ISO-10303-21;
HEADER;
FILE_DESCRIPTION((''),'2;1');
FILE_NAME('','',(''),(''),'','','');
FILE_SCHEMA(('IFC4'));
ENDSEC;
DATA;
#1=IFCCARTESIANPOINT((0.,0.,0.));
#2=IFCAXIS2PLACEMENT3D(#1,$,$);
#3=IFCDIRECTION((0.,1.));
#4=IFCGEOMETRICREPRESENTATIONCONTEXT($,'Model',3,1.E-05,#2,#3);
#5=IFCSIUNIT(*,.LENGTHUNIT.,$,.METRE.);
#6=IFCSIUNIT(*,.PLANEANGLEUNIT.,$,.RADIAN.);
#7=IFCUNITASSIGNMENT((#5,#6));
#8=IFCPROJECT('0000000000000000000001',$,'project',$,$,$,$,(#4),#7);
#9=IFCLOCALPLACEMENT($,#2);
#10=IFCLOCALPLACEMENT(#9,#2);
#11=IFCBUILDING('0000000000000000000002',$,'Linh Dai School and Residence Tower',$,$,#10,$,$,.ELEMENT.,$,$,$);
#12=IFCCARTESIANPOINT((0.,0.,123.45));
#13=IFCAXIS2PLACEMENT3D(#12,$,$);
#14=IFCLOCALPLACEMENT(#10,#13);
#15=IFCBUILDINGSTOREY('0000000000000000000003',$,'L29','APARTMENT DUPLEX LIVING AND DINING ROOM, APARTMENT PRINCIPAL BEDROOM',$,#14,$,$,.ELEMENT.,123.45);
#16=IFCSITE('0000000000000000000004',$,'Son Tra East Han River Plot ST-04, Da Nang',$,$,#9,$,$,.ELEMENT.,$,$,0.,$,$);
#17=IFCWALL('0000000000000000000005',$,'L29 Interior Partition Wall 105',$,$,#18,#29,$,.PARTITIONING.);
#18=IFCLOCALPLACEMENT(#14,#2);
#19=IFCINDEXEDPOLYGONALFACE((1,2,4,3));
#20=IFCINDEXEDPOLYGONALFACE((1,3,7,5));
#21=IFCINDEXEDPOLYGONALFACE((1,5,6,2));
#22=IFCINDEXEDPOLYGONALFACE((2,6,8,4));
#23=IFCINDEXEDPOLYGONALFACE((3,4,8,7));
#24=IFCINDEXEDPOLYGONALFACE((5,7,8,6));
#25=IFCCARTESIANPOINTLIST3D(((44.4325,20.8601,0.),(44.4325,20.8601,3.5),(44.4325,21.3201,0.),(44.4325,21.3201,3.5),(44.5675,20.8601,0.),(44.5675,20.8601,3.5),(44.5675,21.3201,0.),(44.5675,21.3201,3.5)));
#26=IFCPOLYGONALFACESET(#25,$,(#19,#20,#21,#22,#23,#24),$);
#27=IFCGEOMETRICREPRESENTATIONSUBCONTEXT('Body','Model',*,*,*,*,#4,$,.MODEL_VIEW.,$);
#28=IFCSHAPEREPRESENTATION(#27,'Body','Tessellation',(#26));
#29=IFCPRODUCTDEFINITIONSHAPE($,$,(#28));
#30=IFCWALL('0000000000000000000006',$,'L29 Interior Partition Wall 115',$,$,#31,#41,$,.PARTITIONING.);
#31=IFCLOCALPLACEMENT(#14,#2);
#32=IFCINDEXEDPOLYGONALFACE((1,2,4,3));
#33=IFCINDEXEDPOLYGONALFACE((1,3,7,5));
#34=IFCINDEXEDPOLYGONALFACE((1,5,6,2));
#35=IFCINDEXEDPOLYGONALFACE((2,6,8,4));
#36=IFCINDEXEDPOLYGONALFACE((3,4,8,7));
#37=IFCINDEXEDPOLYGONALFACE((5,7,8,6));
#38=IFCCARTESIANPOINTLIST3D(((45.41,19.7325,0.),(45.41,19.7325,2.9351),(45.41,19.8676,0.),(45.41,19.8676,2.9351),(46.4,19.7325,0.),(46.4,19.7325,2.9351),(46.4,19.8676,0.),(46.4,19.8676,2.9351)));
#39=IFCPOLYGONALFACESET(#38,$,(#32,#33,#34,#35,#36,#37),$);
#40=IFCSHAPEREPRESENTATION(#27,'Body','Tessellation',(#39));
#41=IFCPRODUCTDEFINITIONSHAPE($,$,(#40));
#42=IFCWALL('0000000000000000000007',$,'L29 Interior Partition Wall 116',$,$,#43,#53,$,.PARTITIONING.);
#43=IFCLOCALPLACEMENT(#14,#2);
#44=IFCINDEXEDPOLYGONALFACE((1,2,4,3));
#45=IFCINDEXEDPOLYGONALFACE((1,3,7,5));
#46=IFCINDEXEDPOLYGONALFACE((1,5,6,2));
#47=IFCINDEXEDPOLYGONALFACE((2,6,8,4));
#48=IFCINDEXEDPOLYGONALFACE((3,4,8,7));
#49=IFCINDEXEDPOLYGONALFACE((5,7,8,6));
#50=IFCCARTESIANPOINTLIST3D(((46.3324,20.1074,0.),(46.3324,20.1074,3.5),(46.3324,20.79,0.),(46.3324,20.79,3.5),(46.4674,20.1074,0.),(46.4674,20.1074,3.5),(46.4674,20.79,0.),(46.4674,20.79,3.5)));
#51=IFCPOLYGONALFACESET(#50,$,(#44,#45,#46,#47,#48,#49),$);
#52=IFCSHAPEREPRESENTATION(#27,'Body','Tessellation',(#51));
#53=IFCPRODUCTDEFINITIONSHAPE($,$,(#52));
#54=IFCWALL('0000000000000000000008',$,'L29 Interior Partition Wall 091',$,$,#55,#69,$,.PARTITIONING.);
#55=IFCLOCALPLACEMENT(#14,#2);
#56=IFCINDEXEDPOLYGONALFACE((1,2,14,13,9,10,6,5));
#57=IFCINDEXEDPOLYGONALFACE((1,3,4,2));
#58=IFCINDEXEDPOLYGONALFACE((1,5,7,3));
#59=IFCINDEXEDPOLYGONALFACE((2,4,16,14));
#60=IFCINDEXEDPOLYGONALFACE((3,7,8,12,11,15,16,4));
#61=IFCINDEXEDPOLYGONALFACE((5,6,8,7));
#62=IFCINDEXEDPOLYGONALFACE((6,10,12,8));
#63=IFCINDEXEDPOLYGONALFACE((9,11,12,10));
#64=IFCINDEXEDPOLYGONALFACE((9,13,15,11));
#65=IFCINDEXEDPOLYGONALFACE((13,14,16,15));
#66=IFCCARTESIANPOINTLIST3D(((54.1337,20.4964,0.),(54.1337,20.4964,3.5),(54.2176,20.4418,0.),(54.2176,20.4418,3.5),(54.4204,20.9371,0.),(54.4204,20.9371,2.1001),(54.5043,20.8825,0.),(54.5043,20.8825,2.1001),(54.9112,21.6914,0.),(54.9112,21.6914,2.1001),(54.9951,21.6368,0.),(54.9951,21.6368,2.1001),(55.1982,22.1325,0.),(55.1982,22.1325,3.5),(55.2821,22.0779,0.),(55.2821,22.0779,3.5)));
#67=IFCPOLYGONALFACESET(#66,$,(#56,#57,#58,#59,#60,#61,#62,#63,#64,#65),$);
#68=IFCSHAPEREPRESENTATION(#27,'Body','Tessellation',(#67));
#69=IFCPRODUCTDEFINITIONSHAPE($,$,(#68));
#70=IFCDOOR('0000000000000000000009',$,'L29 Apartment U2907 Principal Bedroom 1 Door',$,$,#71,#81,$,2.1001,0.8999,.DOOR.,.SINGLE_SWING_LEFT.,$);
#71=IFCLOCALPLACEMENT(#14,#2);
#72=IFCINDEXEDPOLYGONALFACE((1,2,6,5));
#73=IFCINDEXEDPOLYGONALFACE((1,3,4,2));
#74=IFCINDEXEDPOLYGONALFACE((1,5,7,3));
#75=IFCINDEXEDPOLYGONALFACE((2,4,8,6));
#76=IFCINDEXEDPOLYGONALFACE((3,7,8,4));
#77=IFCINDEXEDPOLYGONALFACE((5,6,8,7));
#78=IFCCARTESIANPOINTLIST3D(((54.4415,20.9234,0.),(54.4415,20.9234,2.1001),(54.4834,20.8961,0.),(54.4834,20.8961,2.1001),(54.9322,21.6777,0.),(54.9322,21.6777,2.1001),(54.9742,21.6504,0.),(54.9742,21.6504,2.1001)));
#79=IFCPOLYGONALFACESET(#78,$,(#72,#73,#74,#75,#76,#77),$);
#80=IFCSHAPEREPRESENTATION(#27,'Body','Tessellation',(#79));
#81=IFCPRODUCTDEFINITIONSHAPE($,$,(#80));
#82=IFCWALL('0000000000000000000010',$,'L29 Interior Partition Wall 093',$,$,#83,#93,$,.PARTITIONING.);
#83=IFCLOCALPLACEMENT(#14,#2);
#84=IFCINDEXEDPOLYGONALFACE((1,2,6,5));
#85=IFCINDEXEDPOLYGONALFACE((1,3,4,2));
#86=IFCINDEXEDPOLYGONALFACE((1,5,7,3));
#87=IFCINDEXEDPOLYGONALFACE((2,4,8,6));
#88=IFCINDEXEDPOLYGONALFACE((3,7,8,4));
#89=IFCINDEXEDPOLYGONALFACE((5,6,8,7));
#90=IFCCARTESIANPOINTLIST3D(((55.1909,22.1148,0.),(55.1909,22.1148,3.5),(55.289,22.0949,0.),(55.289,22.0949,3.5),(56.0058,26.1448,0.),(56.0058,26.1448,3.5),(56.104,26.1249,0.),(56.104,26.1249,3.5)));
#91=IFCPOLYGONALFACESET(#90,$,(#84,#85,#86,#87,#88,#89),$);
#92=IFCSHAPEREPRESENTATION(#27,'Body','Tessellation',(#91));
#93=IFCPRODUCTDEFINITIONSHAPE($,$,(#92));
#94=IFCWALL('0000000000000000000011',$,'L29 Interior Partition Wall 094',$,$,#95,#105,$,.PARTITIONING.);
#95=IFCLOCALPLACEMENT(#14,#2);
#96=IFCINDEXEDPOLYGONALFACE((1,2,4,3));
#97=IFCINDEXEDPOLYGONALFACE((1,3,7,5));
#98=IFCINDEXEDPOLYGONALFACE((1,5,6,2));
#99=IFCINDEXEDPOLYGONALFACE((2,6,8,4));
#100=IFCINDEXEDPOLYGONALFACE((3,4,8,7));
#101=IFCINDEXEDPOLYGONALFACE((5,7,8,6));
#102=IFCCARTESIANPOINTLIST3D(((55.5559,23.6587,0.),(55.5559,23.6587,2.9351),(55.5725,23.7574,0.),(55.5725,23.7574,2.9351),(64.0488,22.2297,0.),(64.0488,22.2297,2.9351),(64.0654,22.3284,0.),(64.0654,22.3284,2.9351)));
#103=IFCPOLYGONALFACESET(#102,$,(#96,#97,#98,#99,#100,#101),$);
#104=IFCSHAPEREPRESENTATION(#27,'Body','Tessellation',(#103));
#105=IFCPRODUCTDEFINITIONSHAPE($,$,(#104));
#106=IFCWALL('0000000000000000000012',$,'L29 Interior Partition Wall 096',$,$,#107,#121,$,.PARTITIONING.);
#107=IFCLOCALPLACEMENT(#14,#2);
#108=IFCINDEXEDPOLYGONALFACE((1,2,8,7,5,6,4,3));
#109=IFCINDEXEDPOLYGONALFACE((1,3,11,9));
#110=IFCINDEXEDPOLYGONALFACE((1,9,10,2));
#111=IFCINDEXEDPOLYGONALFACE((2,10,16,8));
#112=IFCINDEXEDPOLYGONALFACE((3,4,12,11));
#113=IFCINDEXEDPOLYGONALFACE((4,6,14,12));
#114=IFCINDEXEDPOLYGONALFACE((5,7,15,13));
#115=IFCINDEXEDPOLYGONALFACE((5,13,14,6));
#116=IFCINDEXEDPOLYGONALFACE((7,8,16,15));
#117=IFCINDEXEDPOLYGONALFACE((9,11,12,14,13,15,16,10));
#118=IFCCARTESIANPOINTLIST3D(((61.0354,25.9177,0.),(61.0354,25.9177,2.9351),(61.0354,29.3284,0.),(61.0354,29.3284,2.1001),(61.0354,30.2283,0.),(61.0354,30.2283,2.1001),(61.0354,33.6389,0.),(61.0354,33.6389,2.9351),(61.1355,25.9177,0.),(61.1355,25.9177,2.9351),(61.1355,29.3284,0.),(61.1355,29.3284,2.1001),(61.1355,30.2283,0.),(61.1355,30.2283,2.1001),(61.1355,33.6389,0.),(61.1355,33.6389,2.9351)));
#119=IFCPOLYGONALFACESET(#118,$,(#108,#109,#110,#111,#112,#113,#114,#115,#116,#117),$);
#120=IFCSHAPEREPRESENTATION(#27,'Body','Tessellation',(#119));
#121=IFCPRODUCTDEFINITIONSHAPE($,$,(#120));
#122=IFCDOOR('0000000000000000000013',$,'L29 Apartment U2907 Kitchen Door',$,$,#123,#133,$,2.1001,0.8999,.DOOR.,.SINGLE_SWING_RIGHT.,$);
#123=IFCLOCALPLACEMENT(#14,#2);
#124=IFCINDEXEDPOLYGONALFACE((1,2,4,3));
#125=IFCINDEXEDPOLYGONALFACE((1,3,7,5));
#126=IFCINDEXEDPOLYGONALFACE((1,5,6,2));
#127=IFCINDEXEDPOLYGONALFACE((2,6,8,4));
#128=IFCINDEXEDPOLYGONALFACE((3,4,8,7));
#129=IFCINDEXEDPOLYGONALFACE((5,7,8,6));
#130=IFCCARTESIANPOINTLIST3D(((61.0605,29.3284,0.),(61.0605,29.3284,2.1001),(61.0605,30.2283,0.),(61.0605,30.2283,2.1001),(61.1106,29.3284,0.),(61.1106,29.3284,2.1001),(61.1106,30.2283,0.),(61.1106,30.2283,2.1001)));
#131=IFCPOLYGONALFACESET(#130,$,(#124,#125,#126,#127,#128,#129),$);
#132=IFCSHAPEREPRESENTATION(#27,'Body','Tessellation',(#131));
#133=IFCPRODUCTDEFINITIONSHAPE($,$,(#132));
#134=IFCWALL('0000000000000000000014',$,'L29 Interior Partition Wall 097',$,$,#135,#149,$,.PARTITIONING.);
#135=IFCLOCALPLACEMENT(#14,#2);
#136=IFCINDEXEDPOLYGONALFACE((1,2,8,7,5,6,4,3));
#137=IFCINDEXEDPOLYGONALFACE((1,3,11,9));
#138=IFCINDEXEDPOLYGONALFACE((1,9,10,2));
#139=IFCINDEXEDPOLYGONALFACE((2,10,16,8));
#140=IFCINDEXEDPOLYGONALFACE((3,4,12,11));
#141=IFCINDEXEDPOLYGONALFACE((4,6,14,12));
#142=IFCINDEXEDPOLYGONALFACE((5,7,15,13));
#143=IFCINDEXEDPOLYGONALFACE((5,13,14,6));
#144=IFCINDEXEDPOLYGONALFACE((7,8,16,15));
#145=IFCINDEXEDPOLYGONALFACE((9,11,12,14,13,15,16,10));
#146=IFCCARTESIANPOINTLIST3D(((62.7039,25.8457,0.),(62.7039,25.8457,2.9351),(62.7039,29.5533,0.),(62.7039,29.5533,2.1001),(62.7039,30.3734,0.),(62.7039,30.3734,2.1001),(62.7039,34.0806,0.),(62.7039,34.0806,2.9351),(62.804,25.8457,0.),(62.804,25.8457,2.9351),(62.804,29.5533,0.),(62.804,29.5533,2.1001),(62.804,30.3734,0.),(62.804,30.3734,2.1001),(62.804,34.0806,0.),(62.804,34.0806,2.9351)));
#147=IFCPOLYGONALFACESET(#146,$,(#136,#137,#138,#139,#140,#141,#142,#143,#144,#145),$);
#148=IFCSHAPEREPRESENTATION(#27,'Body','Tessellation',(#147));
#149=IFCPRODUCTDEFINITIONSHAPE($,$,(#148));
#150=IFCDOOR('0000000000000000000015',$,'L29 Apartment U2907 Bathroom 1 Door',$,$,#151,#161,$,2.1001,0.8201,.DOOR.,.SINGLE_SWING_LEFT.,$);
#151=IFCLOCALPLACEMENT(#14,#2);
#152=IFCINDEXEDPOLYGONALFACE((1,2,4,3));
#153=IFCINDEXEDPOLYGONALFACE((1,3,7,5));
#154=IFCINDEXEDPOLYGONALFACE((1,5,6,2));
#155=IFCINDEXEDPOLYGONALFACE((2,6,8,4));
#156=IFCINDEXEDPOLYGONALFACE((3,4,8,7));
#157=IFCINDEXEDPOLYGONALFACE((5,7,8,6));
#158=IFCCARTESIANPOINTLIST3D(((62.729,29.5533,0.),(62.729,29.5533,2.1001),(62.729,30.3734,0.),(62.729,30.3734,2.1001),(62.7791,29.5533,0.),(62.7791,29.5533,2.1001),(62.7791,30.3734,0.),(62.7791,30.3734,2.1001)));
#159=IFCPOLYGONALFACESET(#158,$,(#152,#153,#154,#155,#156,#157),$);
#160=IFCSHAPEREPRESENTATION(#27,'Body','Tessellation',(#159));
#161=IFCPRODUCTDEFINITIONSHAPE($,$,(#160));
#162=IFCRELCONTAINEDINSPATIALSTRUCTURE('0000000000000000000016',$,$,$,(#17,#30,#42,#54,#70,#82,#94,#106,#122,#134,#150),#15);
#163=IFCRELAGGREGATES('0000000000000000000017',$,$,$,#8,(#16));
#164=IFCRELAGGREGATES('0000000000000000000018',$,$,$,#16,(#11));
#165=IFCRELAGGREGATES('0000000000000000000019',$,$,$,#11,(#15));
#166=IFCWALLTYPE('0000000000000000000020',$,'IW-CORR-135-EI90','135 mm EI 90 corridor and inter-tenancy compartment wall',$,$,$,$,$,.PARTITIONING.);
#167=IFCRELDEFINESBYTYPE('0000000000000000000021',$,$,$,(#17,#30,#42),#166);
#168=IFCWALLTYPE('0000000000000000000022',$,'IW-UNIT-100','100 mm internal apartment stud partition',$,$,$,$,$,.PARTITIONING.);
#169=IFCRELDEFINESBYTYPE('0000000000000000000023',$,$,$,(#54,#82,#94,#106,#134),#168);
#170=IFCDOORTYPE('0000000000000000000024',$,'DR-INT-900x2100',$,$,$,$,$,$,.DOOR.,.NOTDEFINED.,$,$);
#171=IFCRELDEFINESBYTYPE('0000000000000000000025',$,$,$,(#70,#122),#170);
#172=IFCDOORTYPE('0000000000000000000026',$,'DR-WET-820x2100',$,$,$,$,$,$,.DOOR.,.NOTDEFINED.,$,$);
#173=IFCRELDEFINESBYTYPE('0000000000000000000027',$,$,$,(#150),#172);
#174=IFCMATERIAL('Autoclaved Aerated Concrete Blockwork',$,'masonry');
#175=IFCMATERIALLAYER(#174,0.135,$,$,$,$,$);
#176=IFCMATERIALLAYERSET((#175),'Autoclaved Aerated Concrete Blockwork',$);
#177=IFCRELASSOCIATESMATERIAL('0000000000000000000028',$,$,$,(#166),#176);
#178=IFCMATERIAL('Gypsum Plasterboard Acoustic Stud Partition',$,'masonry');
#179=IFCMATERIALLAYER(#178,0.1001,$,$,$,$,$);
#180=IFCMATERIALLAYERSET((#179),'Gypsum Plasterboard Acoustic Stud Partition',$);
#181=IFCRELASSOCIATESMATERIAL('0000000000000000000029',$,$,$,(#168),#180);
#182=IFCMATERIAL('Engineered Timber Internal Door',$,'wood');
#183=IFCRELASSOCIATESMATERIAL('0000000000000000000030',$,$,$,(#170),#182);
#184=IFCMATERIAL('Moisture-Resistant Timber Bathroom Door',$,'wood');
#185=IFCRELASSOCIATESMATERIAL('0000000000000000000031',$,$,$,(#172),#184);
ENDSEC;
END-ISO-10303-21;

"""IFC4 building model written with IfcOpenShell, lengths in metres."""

from ifc_helpers import new_model, si_unit, direction, frame, frame_2d, origin, origin_2d, place, context, subcontext, project, spatial, rectangle, extrude, source, transform, mapped, material, layer, layer_set, type_object, element, fill, save


model = new_model("IFC4")

# Units and contexts
model_context = context("Model", 3, precision=1e-05, world=origin(), true_north=direction((0.0, 1.0)))
body_context = subcontext(model_context, "Body", "Model", "MODEL_VIEW")
ifc_project = project(units=[si_unit("LENGTHUNIT", "METRE"), si_unit("PLANEANGLEUNIT", "RADIAN")], contexts=[model_context])

# Site, building, storey
site_placement = place(None, origin())
site = spatial("IfcSite", under=ifc_project, at=site_placement, Name="Son Tra East Han River Plot ST-04, Da Nang", CompositionType="ELEMENT", RefElevation=0.0)
building_placement = place(site_placement, origin())
building = spatial("IfcBuilding", under=site, at=building_placement, Name="Linh Dai School and Residence Tower", CompositionType="ELEMENT")
storey_placement = place(building_placement, frame((0.0, 0.0, 123.45)))
storey = spatial("IfcBuildingStorey", under=building, at=storey_placement, Name="L29", Description="APARTMENT DUPLEX LIVING AND DINING ROOM, APARTMENT PRINCIPAL BEDROOM", CompositionType="ELEMENT", Elevation=123.45)

# Walls
ifc_material_1 = material(Name="Autoclaved Aerated Concrete Blockwork", Category="masonry")
ifc_layer_1 = layer(ifc_material_1, 0.135)
ifc_layer_set_1 = layer_set([ifc_layer_1], Name="Autoclaved Aerated Concrete Blockwork")
wall_type_1 = type_object("IfcWallType", Name="IW-CORR-135-EI90", Description="135 mm EI 90 corridor and inter-tenancy compartment wall", PredefinedType="PARTITIONING", material=ifc_layer_set_1)
wall_1_placement = place(storey_placement, frame((44.5, 20.8601, 0.0), z_axis=(0.0, 0.0, 1.0), x_axis=(0.0, 1.0, 0.0)))
element("IfcWall", 1, at=wall_1_placement, inside=storey, type_object=wall_type_1, Name="L29 Interior Partition Wall 105", PredefinedType="PARTITIONING", context=body_context, shape_type="SweptSolid", body=[
    extrude(rectangle(XDim=0.46, YDim=0.135, at=frame_2d((0.23, 0.0))), origin(), (0.0, 0.0, 1.0), 3.5),
])
wall_2_placement = place(storey_placement, frame((45.4099, 19.8, 0.0), z_axis=(0.0, 0.0, 1.0), x_axis=(1.0, 0.0, 0.0)))
element("IfcWall", 2, at=wall_2_placement, inside=storey, type_object=wall_type_1, Name="L29 Interior Partition Wall 115", PredefinedType="PARTITIONING", context=body_context, shape_type="SweptSolid", body=[
    extrude(rectangle(XDim=0.99, YDim=0.135, at=frame_2d((0.4951, 0.0))), origin(), (0.0, 0.0, 1.0), 2.9351),
])
wall_3_placement = place(storey_placement, frame((46.3999, 20.1074, 0.0), z_axis=(0.0, 0.0, 1.0), x_axis=(0.0, 1.0, 0.0)))
element("IfcWall", 3, at=wall_3_placement, inside=storey, type_object=wall_type_1, Name="L29 Interior Partition Wall 116", PredefinedType="PARTITIONING", context=body_context, shape_type="SweptSolid", body=[
    extrude(rectangle(XDim=0.6826, YDim=0.135, at=frame_2d((0.3413, 0.0))), origin(), (0.0, 0.0, 1.0), 3.5),
])

# Wall, opening, door
ifc_material_2 = material(Name="Gypsum Plasterboard Acoustic Stud Partition", Category="masonry")
ifc_layer_2 = layer(ifc_material_2, 0.1001)
ifc_layer_set_2 = layer_set([ifc_layer_2], Name="Gypsum Plasterboard Acoustic Stud Partition")
wall_type_2 = type_object("IfcWallType", Name="IW-UNIT-100", Description="100 mm internal apartment stud partition", PredefinedType="PARTITIONING", material=ifc_layer_set_2)
wall_4_placement = place(storey_placement, frame((54.1755, 20.469, 0.0), z_axis=(0.0, 0.0, 1.0), x_axis=(0.545371, 0.838195, 0.0)))
wall_4 = element("IfcWall", 4, at=wall_4_placement, inside=storey, type_object=wall_type_2, Name="L29 Interior Partition Wall 091", PredefinedType="PARTITIONING", context=body_context, shape_type="SweptSolid", body=[
    extrude(rectangle(XDim=1.9519, YDim=0.1001, at=frame_2d((0.9761, 0.0))), origin(), (0.0, 0.0, 1.0), 3.5),
])
opening_1_placement = place(wall_4_placement, frame((0.5259, 0.0, 0.0)))
opening_1 = element("IfcOpeningElement", 5, at=opening_1_placement, cuts=wall_4, PredefinedType="OPENING", context=body_context, shape_type="SweptSolid", body=[
    extrude(rectangle(XDim=0.8999, YDim=2.1001, at=origin_2d()), frame((0.45, 0.0601, 1.05), z_axis=(0.0, -1.0, 0.0), x_axis=(1.0, 0.0, 0.0)), (0.0, 0.0, 1.0), 0.1201),
])
ifc_material_3 = material(Name="Engineered Timber Internal Door", Category="wood")
door_type_1 = type_object("IfcDoorType", Name="DR-INT-900x2100", OperationType="NOTDEFINED", PredefinedType="DOOR", material=ifc_material_3)
shared_shape_1 = source(origin(), body_context, "Body", "SweptSolid", [
    extrude(rectangle(XDim=0.8999, YDim=2.1001, at=origin_2d()), frame((0.45, 0.0249, 1.05), z_axis=(0.0, -1.0, 0.0), x_axis=(1.0, 0.0, 0.0)), (0.0, 0.0, 1.0), 0.05),
])
door_1_placement = place(opening_1_placement, origin())
door_1 = element("IfcDoor", 6, at=door_1_placement, inside=storey, type_object=door_type_1, Name="L29 Apartment U2907 Principal Bedroom 1 Door", OperationType="SINGLE_SWING_LEFT", OverallHeight=2.1001, OverallWidth=0.8999, PredefinedType="DOOR", context=body_context, shape_type="MappedRepresentation", body=[
    mapped(shared_shape_1, transform((0.0, 0.0, 0.0), x_axis=(1.0, 0.0, 0.0), y_axis=(0.0, 1.0, 0.0), z_axis=(0.0, 0.0, 1.0), scale=1.0)),
])
fill(opening_1, door_1)

# Walls
wall_5_placement = place(storey_placement, frame((55.24, 22.105, 0.0), z_axis=(0.0, 0.0, 1.0), x_axis=(0.198205, 0.980161, 0.0)))
element("IfcWall", 7, at=wall_5_placement, inside=storey, type_object=wall_type_2, Name="L29 Interior Partition Wall 093", PredefinedType="PARTITIONING", context=body_context, shape_type="SweptSolid", body=[
    extrude(rectangle(XDim=4.1116, YDim=0.1001, at=frame_2d((2.0557, 0.0))), origin(), (0.0, 0.0, 1.0), 3.5),
])
wall_6_placement = place(storey_placement, frame((55.5642, 23.708, 0.0), z_axis=(0.0, 0.0, 1.0), x_axis=(0.986139, -0.16592, 0.0)))
element("IfcWall", 8, at=wall_6_placement, inside=storey, type_object=wall_type_2, Name="L29 Interior Partition Wall 094", PredefinedType="PARTITIONING", context=body_context, shape_type="SweptSolid", body=[
    extrude(rectangle(XDim=8.6123, YDim=0.1001, at=frame_2d((4.3062, 0.0))), origin(), (0.0, 0.0, 1.0), 2.9351),
])

# Walls, openings, doors
wall_7_placement = place(storey_placement, frame((61.0854, 25.9177, 0.0), z_axis=(0.0, 0.0, 1.0), x_axis=(0.0, 1.0, 0.0)))
wall_7 = element("IfcWall", 9, at=wall_7_placement, inside=storey, type_object=wall_type_2, Name="L29 Interior Partition Wall 096", PredefinedType="PARTITIONING", context=body_context, shape_type="SweptSolid", body=[
    extrude(rectangle(XDim=7.7212, YDim=0.1001, at=frame_2d((3.8606, 0.0))), origin(), (0.0, 0.0, 1.0), 2.9351),
])
opening_2_placement = place(wall_7_placement, frame((3.4106, 0.0, 0.0)))
opening_2 = element("IfcOpeningElement", 10, at=opening_2_placement, cuts=wall_7, PredefinedType="OPENING", context=body_context, shape_type="SweptSolid", body=[
    extrude(rectangle(XDim=0.8999, YDim=2.1001, at=origin_2d()), frame((0.45, 0.0601, 1.05), z_axis=(0.0, -1.0, 0.0), x_axis=(1.0, 0.0, 0.0)), (0.0, 0.0, 1.0), 0.1201),
])
door_2_placement = place(opening_2_placement, origin())
door_2 = element("IfcDoor", 11, at=door_2_placement, inside=storey, type_object=door_type_1, Name="L29 Apartment U2907 Kitchen Door", OperationType="SINGLE_SWING_RIGHT", OverallHeight=2.1001, OverallWidth=0.8999, PredefinedType="DOOR", context=body_context, shape_type="MappedRepresentation", body=[
    mapped(shared_shape_1, transform((0.0, 0.0, 0.0), x_axis=(1.0, 0.0, 0.0), y_axis=(0.0, 1.0, 0.0), z_axis=(0.0, 0.0, 1.0), scale=1.0)),
])
fill(opening_2, door_2)
wall_8_placement = place(storey_placement, frame((62.7539, 25.8457, 0.0), z_axis=(0.0, 0.0, 1.0), x_axis=(0.0, 1.0, 0.0)))
wall_8 = element("IfcWall", 12, at=wall_8_placement, inside=storey, type_object=wall_type_2, Name="L29 Interior Partition Wall 097", PredefinedType="PARTITIONING", context=body_context, shape_type="SweptSolid", body=[
    extrude(rectangle(XDim=8.2349, YDim=0.1001, at=frame_2d((4.1174, 0.0))), origin(), (0.0, 0.0, 1.0), 2.9351),
])
opening_3_placement = place(wall_8_placement, frame((3.7075, 0.0, 0.0)))
opening_3 = element("IfcOpeningElement", 13, at=opening_3_placement, cuts=wall_8, PredefinedType="OPENING", context=body_context, shape_type="SweptSolid", body=[
    extrude(rectangle(XDim=0.8201, YDim=2.1001, at=origin_2d()), frame((0.4102, 0.0601, 1.05), z_axis=(0.0, -1.0, 0.0), x_axis=(1.0, 0.0, 0.0)), (0.0, 0.0, 1.0), 0.1201),
])
ifc_material_4 = material(Name="Moisture-Resistant Timber Bathroom Door", Category="wood")
door_type_2 = type_object("IfcDoorType", Name="DR-WET-820x2100", OperationType="NOTDEFINED", PredefinedType="DOOR", material=ifc_material_4)
shared_shape_2 = source(origin(), body_context, "Body", "SweptSolid", [
    extrude(rectangle(XDim=0.8201, YDim=2.1001, at=origin_2d()), frame((0.4102, 0.0249, 1.05), z_axis=(0.0, -1.0, 0.0), x_axis=(1.0, 0.0, 0.0)), (0.0, 0.0, 1.0), 0.05),
])
door_3_placement = place(opening_3_placement, origin())
door_3 = element("IfcDoor", 14, at=door_3_placement, inside=storey, type_object=door_type_2, Name="L29 Apartment U2907 Bathroom 1 Door", OperationType="SINGLE_SWING_LEFT", OverallHeight=2.1001, OverallWidth=0.8201, PredefinedType="DOOR", context=body_context, shape_type="MappedRepresentation", body=[
    mapped(shared_shape_2, transform((0.0, 0.0, 0.0), x_axis=(1.0, 0.0, 0.0), y_axis=(0.0, 1.0, 0.0), z_axis=(0.0, 0.0, 1.0), scale=1.0)),
])
fill(opening_3, door_3)

save(model, "model.ifc")
